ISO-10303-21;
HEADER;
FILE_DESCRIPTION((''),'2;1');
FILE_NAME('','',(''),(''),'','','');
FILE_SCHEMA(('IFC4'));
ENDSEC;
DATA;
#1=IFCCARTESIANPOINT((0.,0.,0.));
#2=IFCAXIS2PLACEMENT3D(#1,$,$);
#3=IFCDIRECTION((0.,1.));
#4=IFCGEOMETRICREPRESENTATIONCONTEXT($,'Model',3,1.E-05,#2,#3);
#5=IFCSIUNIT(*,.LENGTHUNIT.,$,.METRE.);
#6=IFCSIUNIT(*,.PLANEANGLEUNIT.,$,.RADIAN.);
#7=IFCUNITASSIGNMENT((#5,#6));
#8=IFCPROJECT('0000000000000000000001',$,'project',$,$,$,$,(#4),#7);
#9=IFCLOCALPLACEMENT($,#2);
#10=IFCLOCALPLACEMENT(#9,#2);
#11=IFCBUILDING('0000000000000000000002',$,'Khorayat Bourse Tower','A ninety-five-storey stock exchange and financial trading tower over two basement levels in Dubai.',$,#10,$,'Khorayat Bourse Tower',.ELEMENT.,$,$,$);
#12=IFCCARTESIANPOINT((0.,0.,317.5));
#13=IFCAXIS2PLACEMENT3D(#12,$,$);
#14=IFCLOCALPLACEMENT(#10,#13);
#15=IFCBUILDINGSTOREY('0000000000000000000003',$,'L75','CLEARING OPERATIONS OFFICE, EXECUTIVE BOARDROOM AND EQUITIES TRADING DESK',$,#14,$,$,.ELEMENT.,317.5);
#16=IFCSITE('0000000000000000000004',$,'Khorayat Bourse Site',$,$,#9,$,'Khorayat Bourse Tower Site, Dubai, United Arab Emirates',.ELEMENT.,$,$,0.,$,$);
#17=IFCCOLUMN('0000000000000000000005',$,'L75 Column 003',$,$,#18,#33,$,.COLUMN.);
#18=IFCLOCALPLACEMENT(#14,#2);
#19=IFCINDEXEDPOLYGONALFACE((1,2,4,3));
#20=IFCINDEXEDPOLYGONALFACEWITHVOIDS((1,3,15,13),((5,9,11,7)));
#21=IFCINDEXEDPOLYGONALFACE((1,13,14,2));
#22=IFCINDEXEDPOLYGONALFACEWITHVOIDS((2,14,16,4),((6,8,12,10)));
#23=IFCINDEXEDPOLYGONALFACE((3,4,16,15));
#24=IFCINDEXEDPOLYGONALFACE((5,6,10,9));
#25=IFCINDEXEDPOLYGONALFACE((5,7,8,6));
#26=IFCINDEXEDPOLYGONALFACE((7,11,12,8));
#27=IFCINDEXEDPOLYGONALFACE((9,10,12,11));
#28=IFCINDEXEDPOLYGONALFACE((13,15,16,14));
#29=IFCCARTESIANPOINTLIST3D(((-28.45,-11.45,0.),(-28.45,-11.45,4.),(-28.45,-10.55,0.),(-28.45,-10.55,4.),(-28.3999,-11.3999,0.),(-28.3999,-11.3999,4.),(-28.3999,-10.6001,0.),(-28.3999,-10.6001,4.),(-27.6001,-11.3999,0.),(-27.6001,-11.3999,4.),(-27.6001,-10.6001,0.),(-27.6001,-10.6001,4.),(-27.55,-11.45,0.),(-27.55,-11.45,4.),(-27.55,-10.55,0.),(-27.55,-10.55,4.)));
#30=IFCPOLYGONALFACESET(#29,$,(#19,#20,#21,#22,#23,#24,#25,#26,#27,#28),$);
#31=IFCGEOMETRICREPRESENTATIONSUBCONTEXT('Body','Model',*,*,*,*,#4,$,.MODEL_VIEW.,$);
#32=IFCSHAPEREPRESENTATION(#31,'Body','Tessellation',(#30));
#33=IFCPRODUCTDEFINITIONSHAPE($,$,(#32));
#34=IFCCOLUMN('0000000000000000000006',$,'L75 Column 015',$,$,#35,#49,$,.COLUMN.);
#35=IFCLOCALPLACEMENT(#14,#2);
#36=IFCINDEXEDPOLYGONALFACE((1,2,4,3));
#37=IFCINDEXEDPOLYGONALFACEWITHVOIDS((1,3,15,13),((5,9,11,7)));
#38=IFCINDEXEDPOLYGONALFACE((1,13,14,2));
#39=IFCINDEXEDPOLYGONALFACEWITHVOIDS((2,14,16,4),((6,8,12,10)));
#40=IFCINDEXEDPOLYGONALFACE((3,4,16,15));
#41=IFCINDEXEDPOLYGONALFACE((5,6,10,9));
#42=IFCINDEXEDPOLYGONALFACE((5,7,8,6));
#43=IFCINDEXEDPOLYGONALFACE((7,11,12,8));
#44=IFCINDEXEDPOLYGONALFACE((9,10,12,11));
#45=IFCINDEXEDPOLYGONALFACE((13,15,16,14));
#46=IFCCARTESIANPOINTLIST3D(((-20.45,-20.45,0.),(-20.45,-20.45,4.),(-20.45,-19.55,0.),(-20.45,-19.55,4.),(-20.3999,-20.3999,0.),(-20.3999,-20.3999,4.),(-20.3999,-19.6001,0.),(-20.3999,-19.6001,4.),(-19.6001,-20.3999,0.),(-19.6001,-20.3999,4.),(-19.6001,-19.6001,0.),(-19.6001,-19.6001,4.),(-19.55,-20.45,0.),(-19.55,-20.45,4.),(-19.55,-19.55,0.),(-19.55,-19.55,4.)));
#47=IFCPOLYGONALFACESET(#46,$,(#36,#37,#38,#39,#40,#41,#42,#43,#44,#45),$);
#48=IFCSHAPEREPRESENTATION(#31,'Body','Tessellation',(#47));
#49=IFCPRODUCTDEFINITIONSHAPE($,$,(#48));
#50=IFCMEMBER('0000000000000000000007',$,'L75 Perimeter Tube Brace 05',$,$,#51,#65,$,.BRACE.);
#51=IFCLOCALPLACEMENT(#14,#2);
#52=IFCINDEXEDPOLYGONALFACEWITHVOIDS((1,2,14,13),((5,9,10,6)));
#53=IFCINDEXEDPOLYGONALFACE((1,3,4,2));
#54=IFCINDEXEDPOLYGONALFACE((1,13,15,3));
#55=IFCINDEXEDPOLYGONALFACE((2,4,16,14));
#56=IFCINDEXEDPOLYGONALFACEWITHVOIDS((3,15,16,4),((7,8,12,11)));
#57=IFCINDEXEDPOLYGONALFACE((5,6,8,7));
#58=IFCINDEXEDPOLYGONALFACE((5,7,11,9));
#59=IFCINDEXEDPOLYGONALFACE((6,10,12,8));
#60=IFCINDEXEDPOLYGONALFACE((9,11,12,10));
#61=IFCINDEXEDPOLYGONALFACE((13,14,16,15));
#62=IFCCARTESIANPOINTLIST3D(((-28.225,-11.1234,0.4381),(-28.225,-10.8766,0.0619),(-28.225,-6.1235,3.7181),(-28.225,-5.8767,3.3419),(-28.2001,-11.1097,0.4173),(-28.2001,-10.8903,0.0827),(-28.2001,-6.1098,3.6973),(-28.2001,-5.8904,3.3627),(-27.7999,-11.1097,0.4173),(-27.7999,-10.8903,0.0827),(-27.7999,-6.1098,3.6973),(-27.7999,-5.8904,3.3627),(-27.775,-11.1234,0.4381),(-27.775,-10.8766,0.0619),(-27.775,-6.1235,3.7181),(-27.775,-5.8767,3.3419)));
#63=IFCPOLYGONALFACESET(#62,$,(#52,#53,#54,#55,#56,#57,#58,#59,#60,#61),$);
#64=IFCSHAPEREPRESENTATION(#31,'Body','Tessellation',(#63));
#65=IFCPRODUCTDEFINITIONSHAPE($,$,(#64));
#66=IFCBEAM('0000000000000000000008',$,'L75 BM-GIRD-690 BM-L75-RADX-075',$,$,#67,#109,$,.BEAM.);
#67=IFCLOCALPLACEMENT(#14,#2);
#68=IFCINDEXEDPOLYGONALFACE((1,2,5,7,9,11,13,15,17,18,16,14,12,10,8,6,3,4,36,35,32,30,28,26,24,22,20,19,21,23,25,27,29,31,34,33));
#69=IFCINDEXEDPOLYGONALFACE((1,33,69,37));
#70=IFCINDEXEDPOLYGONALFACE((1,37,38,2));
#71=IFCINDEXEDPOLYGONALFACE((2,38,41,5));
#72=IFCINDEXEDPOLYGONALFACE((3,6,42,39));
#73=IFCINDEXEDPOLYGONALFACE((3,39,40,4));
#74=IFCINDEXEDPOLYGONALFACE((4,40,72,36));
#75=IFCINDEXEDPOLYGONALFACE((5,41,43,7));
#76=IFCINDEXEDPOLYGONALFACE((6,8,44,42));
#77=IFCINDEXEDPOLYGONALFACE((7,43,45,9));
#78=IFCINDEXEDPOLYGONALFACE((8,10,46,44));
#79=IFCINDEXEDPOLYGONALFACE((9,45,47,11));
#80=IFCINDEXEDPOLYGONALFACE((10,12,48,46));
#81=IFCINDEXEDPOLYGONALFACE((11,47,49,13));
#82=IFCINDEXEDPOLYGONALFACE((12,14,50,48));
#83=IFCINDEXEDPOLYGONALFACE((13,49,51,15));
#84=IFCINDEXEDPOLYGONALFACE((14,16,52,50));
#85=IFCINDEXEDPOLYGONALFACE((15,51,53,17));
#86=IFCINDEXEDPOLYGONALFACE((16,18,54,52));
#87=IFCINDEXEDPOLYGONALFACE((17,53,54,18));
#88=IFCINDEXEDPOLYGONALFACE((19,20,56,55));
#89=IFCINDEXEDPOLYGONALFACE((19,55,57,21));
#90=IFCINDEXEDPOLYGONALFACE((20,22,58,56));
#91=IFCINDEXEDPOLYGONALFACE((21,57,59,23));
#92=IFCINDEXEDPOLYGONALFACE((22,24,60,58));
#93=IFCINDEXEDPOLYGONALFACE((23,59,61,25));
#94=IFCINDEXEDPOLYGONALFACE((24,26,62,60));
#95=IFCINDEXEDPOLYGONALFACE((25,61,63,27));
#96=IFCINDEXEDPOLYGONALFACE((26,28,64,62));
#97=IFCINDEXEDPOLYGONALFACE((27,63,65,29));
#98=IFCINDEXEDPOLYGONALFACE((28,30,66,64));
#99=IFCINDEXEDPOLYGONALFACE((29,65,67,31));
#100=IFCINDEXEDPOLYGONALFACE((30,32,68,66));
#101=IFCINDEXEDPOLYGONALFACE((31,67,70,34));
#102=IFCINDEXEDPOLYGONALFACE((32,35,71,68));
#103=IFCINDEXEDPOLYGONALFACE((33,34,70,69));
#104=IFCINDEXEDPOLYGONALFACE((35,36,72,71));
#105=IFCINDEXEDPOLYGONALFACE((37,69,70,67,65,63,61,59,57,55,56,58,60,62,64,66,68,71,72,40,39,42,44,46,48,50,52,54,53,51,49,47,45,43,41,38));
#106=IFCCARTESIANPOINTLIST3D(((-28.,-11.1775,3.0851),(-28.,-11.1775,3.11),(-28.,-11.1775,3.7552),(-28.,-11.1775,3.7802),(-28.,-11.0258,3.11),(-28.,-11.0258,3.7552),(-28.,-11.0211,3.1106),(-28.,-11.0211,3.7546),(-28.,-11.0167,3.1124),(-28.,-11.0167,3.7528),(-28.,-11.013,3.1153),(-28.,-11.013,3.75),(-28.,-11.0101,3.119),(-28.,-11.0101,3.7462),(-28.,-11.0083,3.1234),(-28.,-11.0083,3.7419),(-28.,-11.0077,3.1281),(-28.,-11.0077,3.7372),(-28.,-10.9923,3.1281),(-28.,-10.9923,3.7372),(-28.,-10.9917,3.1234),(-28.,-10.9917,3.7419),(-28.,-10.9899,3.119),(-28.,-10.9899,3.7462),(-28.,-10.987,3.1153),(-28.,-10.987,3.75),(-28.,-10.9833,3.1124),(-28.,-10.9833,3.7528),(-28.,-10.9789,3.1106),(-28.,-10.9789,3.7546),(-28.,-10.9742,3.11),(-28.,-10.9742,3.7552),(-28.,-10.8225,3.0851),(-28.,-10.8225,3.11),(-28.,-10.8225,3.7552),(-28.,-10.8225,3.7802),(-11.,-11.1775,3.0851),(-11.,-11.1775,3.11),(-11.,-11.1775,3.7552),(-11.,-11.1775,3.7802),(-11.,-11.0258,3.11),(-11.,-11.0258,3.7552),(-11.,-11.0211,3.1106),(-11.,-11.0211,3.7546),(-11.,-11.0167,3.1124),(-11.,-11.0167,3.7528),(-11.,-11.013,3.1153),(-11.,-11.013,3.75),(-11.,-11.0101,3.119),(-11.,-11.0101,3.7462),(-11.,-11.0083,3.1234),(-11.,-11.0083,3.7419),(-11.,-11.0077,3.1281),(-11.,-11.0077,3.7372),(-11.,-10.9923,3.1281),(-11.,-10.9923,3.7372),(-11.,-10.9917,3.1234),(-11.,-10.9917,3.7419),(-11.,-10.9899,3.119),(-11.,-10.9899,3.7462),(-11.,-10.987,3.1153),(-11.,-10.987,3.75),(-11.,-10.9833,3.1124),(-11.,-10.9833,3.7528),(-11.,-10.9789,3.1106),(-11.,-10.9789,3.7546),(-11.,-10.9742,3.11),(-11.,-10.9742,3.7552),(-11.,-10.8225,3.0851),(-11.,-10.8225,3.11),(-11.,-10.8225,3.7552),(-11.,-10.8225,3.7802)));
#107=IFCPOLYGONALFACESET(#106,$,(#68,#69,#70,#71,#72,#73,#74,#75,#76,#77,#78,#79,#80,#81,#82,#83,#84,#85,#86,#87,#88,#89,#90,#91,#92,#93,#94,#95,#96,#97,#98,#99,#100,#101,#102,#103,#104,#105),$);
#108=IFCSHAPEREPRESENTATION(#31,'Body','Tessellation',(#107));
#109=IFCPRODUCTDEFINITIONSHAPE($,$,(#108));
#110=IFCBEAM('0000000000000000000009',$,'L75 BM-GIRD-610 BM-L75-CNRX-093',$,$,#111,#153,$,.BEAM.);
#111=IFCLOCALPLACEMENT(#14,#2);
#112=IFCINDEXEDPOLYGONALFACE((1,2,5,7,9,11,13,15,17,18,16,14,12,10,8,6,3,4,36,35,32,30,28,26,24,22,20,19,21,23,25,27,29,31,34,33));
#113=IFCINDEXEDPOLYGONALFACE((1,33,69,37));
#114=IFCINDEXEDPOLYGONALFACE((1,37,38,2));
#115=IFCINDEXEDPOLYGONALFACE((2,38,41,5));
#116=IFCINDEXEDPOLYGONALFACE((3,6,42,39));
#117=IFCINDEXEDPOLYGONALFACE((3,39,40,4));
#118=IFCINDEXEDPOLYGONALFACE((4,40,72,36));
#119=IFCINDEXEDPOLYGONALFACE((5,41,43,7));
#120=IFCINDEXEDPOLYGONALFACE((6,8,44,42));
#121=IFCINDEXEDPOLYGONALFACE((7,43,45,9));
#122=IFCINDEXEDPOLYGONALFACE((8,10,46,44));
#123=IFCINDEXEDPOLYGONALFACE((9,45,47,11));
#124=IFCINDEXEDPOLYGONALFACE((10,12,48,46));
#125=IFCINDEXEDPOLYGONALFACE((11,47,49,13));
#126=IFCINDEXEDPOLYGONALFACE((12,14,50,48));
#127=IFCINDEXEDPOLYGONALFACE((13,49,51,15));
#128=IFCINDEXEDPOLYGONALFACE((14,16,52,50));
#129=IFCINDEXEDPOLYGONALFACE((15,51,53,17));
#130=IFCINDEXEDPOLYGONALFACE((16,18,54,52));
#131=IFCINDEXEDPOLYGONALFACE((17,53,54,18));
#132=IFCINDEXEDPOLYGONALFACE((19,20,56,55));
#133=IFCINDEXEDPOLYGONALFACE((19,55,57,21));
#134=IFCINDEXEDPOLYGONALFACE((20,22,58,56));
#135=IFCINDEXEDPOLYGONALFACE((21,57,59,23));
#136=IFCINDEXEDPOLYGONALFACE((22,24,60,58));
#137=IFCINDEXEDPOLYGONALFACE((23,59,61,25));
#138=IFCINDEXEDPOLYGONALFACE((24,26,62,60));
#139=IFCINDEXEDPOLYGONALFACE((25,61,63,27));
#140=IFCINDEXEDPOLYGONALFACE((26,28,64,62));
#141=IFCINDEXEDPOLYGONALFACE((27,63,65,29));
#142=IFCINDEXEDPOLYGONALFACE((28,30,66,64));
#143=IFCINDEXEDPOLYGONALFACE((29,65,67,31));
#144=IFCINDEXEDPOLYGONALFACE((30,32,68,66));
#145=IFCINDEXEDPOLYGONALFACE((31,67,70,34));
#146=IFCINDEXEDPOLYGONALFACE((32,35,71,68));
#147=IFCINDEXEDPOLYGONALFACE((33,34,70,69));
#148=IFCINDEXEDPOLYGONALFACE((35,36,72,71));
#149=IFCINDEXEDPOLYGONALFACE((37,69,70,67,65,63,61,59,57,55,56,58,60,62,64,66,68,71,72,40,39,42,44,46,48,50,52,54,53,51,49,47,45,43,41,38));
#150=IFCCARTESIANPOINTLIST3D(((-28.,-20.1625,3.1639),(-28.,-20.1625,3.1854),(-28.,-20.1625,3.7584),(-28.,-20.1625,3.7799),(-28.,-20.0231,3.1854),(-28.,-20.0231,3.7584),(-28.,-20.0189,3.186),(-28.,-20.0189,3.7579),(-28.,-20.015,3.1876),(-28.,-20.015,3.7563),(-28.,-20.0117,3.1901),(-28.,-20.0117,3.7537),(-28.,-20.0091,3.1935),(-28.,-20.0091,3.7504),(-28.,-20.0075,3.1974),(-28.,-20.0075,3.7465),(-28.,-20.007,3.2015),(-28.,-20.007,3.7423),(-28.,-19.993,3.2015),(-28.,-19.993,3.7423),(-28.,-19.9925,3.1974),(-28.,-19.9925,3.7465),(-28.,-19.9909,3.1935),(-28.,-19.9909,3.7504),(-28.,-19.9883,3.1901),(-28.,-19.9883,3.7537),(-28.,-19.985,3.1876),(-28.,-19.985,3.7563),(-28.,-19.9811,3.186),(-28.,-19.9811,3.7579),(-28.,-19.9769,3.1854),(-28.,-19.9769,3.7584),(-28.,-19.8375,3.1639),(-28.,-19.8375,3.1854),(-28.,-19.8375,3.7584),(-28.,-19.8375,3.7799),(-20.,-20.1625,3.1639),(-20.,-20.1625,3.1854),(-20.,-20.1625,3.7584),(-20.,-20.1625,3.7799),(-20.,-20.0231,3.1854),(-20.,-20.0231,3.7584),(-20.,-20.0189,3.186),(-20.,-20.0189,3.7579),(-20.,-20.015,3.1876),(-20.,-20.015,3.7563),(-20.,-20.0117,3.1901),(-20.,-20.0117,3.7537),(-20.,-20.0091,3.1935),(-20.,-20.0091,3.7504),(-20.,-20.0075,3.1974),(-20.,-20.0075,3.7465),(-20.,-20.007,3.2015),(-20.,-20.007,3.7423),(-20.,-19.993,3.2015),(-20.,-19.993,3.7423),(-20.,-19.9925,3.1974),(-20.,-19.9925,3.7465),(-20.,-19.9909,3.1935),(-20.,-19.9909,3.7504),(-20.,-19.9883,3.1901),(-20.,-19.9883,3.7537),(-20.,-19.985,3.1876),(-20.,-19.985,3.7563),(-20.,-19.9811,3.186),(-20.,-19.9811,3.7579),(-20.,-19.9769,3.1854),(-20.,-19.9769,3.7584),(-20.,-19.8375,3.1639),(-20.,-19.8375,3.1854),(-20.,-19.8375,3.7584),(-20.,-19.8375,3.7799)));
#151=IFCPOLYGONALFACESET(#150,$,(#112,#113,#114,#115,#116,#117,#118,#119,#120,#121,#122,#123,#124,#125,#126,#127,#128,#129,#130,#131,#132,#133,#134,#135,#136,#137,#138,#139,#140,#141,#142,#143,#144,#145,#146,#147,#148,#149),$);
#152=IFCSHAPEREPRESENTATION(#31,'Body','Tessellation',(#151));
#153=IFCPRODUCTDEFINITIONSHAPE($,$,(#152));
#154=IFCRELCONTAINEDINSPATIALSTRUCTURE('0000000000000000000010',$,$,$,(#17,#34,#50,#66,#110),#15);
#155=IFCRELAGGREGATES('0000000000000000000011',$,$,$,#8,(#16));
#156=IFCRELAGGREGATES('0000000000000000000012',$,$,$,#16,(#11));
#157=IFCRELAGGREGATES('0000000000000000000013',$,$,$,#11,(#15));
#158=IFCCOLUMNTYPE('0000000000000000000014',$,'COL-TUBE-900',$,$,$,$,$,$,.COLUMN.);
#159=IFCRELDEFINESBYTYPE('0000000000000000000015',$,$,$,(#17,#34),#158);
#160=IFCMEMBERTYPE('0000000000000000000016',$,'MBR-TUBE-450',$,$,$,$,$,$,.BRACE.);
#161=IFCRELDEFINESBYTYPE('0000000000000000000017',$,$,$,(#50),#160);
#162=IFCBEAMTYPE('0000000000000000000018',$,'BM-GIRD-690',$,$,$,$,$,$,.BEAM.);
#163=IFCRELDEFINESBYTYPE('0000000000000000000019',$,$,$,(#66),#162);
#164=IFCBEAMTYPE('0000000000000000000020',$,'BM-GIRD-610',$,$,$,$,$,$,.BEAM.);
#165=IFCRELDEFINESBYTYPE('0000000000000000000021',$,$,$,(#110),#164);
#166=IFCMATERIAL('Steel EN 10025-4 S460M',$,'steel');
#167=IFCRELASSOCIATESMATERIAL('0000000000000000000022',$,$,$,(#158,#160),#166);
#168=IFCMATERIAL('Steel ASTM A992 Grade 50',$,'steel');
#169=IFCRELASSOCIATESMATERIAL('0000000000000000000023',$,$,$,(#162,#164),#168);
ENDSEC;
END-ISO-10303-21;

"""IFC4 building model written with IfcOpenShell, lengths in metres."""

from ifc_helpers import new_model, si_unit, direction, frame, origin, origin_2d, place, context, subcontext, project, spatial, hollow_rectangle, i_section, extrude, source, transform, mapped, material, material_profile, profile_set, type_object, element, save


model = new_model("IFC4")

# Units and contexts
model_context = context("Model", 3, precision=1e-05, world=origin(), true_north=direction((0.0, 1.0)))
body_context = subcontext(model_context, "Body", "Model", "MODEL_VIEW")
ifc_project = project(units=[si_unit("LENGTHUNIT", "METRE"), si_unit("PLANEANGLEUNIT", "RADIAN")], contexts=[model_context])

# Site, building, storey
site_placement = place(None, origin())
site = spatial("IfcSite", under=ifc_project, at=site_placement, Name="Khorayat Bourse Site", LongName="Khorayat Bourse Tower Site, Dubai, United Arab Emirates", CompositionType="ELEMENT", RefElevation=0.0)
building_placement = place(site_placement, origin())
building = spatial("IfcBuilding", under=site, at=building_placement, Name="Khorayat Bourse Tower", Description="A ninety-five-storey stock exchange and financial trading tower over two basement levels in Dubai.", LongName="Khorayat Bourse Tower", CompositionType="ELEMENT")
storey_placement = place(building_placement, frame((0.0, 0.0, 317.5)))
storey = spatial("IfcBuildingStorey", under=building, at=storey_placement, Name="L75", Description="CLEARING OPERATIONS OFFICE, EXECUTIVE BOARDROOM AND EQUITIES TRADING DESK", CompositionType="ELEMENT", Elevation=317.5)

# Columns
ifc_material_1 = material(Name="Steel EN 10025-4 S460M", Category="steel")
ifc_material_profile_1 = material_profile(ifc_material_1, hollow_rectangle(XDim=0.8999, YDim=0.8999, WallThickness=0.05, at=origin_2d()), Name="BOX 900x900x50")
ifc_profile_set_1 = profile_set([ifc_material_profile_1], Name="Steel EN 10025-4 S460M")
column_type = type_object("IfcColumnType", Name="COL-TUBE-900", PredefinedType="COLUMN", material=ifc_profile_set_1)
shared_shape_1 = source(origin(), body_context, "Body", "SweptSolid", [
    extrude(hollow_rectangle(XDim=0.8999, YDim=0.8999, WallThickness=0.05, at=origin_2d()), origin(), (0.0, 0.0, 1.0), 4.0),
])
for number, where, z_axis, x_axis, name in (
    (1, (-28.0, -11.0, 0.0), (0.0, 0.0, 1.0), (1.0, 0.0, 0.0), "L75 Column 003"),
    (2, (-20.0, -20.0, 0.0), (0.0, 0.0, 1.0), (1.0, 0.0, 0.0), "L75 Column 015"),
):
    element("IfcColumn", number, at=place(storey_placement, frame(where, z_axis=z_axis, x_axis=x_axis)), inside=storey, type_object=column_type, Name=name, PredefinedType="COLUMN", context=body_context, shape_type="MappedRepresentation", body=[
        mapped(shared_shape_1, transform((0.0, 0.0, 0.0), scale=1.0)),
    ])

# Member
ifc_material_profile_2 = material_profile(ifc_material_1, hollow_rectangle(XDim=0.45, YDim=0.45, WallThickness=0.0249, at=origin_2d()), Name="HSS 450x450x25")
ifc_profile_set_2 = profile_set([ifc_material_profile_2], Name="Steel EN 10025-4 S460M")
member_type_1 = type_object("IfcMemberType", Name="MBR-TUBE-450", PredefinedType="BRACE", material=ifc_profile_set_2)
shared_shape_2 = source(origin(), body_context, "Body", "SweptSolid", [
    extrude(hollow_rectangle(XDim=0.45, YDim=0.45, WallThickness=0.0249, at=origin_2d()), origin(), (0.0, 0.0, 1.0), 5.9797),
])
member_1_placement = place(storey_placement, frame((-28.0, -11.0, 0.25), z_axis=(0.0, 0.836142, 0.548514), x_axis=(-1.0, 0.0, 0.0)))
element("IfcMember", 3, at=member_1_placement, inside=storey, type_object=member_type_1, Name="L75 Perimeter Tube Brace 05", PredefinedType="BRACE", context=body_context, shape_type="MappedRepresentation", body=[
    mapped(shared_shape_2, transform((0.0, 0.0, 0.0), scale=1.0)),
])

# Beams
ifc_material_2 = material(Name="Steel ASTM A992 Grade 50", Category="steel")
ifc_material_profile_3 = material_profile(ifc_material_2, i_section(OverallWidth=0.355, OverallDepth=0.6951, WebThickness=0.0154, FlangeThickness=0.0249, FilletRadius=0.0181, at=origin_2d()), Name="W690X217")
ifc_profile_set_3 = profile_set([ifc_material_profile_3], Name="Steel ASTM A992 Grade 50")
beam_type_1 = type_object("IfcBeamType", Name="BM-GIRD-690", PredefinedType="BEAM", material=ifc_profile_set_3)
shared_shape_3 = source(origin(), body_context, "Body", "SweptSolid", [
    extrude(i_section(OverallWidth=0.355, OverallDepth=0.6951, WebThickness=0.0154, FlangeThickness=0.0249, FilletRadius=0.0181, at=origin_2d()), origin(), (0.0, 0.0, 1.0), 17.0),
])
beam_1_placement = place(storey_placement, frame((-28.0, -11.0, 3.4326), z_axis=(1.0, 0.0, 0.0), x_axis=(0.0, 1.0, 0.0)))
element("IfcBeam", 4, at=beam_1_placement, inside=storey, type_object=beam_type_1, Name="L75 BM-GIRD-690 BM-L75-RADX-075", PredefinedType="BEAM", context=body_context, shape_type="MappedRepresentation", body=[
    mapped(shared_shape_3, transform((0.0, 0.0, 0.0), scale=1.0)),
])
ifc_material_profile_4 = material_profile(ifc_material_2, i_section(OverallWidth=0.325, OverallDepth=0.616, WebThickness=0.0139, FlangeThickness=0.0215, FilletRadius=0.0161, at=origin_2d()), Name="W610X174")
ifc_profile_set_4 = profile_set([ifc_material_profile_4], Name="Steel ASTM A992 Grade 50")
beam_type_2 = type_object("IfcBeamType", Name="BM-GIRD-610", PredefinedType="BEAM", material=ifc_profile_set_4)
shared_shape_4 = source(origin(), body_context, "Body", "SweptSolid", [
    extrude(i_section(OverallWidth=0.325, OverallDepth=0.616, WebThickness=0.0139, FlangeThickness=0.0215, FilletRadius=0.0161, at=origin_2d()), origin(), (0.0, 0.0, 1.0), 8.0),
])
beam_2_placement = place(storey_placement, frame((-28.0, -20.0, 3.4719), z_axis=(1.0, 0.0, 0.0), x_axis=(0.0, 1.0, 0.0)))
element("IfcBeam", 5, at=beam_2_placement, inside=storey, type_object=beam_type_2, Name="L75 BM-GIRD-610 BM-L75-CNRX-093", PredefinedType="BEAM", context=body_context, shape_type="MappedRepresentation", body=[
    mapped(shared_shape_4, transform((0.0, 0.0, 0.0), scale=1.0)),
])

save(model, "model.ifc")
